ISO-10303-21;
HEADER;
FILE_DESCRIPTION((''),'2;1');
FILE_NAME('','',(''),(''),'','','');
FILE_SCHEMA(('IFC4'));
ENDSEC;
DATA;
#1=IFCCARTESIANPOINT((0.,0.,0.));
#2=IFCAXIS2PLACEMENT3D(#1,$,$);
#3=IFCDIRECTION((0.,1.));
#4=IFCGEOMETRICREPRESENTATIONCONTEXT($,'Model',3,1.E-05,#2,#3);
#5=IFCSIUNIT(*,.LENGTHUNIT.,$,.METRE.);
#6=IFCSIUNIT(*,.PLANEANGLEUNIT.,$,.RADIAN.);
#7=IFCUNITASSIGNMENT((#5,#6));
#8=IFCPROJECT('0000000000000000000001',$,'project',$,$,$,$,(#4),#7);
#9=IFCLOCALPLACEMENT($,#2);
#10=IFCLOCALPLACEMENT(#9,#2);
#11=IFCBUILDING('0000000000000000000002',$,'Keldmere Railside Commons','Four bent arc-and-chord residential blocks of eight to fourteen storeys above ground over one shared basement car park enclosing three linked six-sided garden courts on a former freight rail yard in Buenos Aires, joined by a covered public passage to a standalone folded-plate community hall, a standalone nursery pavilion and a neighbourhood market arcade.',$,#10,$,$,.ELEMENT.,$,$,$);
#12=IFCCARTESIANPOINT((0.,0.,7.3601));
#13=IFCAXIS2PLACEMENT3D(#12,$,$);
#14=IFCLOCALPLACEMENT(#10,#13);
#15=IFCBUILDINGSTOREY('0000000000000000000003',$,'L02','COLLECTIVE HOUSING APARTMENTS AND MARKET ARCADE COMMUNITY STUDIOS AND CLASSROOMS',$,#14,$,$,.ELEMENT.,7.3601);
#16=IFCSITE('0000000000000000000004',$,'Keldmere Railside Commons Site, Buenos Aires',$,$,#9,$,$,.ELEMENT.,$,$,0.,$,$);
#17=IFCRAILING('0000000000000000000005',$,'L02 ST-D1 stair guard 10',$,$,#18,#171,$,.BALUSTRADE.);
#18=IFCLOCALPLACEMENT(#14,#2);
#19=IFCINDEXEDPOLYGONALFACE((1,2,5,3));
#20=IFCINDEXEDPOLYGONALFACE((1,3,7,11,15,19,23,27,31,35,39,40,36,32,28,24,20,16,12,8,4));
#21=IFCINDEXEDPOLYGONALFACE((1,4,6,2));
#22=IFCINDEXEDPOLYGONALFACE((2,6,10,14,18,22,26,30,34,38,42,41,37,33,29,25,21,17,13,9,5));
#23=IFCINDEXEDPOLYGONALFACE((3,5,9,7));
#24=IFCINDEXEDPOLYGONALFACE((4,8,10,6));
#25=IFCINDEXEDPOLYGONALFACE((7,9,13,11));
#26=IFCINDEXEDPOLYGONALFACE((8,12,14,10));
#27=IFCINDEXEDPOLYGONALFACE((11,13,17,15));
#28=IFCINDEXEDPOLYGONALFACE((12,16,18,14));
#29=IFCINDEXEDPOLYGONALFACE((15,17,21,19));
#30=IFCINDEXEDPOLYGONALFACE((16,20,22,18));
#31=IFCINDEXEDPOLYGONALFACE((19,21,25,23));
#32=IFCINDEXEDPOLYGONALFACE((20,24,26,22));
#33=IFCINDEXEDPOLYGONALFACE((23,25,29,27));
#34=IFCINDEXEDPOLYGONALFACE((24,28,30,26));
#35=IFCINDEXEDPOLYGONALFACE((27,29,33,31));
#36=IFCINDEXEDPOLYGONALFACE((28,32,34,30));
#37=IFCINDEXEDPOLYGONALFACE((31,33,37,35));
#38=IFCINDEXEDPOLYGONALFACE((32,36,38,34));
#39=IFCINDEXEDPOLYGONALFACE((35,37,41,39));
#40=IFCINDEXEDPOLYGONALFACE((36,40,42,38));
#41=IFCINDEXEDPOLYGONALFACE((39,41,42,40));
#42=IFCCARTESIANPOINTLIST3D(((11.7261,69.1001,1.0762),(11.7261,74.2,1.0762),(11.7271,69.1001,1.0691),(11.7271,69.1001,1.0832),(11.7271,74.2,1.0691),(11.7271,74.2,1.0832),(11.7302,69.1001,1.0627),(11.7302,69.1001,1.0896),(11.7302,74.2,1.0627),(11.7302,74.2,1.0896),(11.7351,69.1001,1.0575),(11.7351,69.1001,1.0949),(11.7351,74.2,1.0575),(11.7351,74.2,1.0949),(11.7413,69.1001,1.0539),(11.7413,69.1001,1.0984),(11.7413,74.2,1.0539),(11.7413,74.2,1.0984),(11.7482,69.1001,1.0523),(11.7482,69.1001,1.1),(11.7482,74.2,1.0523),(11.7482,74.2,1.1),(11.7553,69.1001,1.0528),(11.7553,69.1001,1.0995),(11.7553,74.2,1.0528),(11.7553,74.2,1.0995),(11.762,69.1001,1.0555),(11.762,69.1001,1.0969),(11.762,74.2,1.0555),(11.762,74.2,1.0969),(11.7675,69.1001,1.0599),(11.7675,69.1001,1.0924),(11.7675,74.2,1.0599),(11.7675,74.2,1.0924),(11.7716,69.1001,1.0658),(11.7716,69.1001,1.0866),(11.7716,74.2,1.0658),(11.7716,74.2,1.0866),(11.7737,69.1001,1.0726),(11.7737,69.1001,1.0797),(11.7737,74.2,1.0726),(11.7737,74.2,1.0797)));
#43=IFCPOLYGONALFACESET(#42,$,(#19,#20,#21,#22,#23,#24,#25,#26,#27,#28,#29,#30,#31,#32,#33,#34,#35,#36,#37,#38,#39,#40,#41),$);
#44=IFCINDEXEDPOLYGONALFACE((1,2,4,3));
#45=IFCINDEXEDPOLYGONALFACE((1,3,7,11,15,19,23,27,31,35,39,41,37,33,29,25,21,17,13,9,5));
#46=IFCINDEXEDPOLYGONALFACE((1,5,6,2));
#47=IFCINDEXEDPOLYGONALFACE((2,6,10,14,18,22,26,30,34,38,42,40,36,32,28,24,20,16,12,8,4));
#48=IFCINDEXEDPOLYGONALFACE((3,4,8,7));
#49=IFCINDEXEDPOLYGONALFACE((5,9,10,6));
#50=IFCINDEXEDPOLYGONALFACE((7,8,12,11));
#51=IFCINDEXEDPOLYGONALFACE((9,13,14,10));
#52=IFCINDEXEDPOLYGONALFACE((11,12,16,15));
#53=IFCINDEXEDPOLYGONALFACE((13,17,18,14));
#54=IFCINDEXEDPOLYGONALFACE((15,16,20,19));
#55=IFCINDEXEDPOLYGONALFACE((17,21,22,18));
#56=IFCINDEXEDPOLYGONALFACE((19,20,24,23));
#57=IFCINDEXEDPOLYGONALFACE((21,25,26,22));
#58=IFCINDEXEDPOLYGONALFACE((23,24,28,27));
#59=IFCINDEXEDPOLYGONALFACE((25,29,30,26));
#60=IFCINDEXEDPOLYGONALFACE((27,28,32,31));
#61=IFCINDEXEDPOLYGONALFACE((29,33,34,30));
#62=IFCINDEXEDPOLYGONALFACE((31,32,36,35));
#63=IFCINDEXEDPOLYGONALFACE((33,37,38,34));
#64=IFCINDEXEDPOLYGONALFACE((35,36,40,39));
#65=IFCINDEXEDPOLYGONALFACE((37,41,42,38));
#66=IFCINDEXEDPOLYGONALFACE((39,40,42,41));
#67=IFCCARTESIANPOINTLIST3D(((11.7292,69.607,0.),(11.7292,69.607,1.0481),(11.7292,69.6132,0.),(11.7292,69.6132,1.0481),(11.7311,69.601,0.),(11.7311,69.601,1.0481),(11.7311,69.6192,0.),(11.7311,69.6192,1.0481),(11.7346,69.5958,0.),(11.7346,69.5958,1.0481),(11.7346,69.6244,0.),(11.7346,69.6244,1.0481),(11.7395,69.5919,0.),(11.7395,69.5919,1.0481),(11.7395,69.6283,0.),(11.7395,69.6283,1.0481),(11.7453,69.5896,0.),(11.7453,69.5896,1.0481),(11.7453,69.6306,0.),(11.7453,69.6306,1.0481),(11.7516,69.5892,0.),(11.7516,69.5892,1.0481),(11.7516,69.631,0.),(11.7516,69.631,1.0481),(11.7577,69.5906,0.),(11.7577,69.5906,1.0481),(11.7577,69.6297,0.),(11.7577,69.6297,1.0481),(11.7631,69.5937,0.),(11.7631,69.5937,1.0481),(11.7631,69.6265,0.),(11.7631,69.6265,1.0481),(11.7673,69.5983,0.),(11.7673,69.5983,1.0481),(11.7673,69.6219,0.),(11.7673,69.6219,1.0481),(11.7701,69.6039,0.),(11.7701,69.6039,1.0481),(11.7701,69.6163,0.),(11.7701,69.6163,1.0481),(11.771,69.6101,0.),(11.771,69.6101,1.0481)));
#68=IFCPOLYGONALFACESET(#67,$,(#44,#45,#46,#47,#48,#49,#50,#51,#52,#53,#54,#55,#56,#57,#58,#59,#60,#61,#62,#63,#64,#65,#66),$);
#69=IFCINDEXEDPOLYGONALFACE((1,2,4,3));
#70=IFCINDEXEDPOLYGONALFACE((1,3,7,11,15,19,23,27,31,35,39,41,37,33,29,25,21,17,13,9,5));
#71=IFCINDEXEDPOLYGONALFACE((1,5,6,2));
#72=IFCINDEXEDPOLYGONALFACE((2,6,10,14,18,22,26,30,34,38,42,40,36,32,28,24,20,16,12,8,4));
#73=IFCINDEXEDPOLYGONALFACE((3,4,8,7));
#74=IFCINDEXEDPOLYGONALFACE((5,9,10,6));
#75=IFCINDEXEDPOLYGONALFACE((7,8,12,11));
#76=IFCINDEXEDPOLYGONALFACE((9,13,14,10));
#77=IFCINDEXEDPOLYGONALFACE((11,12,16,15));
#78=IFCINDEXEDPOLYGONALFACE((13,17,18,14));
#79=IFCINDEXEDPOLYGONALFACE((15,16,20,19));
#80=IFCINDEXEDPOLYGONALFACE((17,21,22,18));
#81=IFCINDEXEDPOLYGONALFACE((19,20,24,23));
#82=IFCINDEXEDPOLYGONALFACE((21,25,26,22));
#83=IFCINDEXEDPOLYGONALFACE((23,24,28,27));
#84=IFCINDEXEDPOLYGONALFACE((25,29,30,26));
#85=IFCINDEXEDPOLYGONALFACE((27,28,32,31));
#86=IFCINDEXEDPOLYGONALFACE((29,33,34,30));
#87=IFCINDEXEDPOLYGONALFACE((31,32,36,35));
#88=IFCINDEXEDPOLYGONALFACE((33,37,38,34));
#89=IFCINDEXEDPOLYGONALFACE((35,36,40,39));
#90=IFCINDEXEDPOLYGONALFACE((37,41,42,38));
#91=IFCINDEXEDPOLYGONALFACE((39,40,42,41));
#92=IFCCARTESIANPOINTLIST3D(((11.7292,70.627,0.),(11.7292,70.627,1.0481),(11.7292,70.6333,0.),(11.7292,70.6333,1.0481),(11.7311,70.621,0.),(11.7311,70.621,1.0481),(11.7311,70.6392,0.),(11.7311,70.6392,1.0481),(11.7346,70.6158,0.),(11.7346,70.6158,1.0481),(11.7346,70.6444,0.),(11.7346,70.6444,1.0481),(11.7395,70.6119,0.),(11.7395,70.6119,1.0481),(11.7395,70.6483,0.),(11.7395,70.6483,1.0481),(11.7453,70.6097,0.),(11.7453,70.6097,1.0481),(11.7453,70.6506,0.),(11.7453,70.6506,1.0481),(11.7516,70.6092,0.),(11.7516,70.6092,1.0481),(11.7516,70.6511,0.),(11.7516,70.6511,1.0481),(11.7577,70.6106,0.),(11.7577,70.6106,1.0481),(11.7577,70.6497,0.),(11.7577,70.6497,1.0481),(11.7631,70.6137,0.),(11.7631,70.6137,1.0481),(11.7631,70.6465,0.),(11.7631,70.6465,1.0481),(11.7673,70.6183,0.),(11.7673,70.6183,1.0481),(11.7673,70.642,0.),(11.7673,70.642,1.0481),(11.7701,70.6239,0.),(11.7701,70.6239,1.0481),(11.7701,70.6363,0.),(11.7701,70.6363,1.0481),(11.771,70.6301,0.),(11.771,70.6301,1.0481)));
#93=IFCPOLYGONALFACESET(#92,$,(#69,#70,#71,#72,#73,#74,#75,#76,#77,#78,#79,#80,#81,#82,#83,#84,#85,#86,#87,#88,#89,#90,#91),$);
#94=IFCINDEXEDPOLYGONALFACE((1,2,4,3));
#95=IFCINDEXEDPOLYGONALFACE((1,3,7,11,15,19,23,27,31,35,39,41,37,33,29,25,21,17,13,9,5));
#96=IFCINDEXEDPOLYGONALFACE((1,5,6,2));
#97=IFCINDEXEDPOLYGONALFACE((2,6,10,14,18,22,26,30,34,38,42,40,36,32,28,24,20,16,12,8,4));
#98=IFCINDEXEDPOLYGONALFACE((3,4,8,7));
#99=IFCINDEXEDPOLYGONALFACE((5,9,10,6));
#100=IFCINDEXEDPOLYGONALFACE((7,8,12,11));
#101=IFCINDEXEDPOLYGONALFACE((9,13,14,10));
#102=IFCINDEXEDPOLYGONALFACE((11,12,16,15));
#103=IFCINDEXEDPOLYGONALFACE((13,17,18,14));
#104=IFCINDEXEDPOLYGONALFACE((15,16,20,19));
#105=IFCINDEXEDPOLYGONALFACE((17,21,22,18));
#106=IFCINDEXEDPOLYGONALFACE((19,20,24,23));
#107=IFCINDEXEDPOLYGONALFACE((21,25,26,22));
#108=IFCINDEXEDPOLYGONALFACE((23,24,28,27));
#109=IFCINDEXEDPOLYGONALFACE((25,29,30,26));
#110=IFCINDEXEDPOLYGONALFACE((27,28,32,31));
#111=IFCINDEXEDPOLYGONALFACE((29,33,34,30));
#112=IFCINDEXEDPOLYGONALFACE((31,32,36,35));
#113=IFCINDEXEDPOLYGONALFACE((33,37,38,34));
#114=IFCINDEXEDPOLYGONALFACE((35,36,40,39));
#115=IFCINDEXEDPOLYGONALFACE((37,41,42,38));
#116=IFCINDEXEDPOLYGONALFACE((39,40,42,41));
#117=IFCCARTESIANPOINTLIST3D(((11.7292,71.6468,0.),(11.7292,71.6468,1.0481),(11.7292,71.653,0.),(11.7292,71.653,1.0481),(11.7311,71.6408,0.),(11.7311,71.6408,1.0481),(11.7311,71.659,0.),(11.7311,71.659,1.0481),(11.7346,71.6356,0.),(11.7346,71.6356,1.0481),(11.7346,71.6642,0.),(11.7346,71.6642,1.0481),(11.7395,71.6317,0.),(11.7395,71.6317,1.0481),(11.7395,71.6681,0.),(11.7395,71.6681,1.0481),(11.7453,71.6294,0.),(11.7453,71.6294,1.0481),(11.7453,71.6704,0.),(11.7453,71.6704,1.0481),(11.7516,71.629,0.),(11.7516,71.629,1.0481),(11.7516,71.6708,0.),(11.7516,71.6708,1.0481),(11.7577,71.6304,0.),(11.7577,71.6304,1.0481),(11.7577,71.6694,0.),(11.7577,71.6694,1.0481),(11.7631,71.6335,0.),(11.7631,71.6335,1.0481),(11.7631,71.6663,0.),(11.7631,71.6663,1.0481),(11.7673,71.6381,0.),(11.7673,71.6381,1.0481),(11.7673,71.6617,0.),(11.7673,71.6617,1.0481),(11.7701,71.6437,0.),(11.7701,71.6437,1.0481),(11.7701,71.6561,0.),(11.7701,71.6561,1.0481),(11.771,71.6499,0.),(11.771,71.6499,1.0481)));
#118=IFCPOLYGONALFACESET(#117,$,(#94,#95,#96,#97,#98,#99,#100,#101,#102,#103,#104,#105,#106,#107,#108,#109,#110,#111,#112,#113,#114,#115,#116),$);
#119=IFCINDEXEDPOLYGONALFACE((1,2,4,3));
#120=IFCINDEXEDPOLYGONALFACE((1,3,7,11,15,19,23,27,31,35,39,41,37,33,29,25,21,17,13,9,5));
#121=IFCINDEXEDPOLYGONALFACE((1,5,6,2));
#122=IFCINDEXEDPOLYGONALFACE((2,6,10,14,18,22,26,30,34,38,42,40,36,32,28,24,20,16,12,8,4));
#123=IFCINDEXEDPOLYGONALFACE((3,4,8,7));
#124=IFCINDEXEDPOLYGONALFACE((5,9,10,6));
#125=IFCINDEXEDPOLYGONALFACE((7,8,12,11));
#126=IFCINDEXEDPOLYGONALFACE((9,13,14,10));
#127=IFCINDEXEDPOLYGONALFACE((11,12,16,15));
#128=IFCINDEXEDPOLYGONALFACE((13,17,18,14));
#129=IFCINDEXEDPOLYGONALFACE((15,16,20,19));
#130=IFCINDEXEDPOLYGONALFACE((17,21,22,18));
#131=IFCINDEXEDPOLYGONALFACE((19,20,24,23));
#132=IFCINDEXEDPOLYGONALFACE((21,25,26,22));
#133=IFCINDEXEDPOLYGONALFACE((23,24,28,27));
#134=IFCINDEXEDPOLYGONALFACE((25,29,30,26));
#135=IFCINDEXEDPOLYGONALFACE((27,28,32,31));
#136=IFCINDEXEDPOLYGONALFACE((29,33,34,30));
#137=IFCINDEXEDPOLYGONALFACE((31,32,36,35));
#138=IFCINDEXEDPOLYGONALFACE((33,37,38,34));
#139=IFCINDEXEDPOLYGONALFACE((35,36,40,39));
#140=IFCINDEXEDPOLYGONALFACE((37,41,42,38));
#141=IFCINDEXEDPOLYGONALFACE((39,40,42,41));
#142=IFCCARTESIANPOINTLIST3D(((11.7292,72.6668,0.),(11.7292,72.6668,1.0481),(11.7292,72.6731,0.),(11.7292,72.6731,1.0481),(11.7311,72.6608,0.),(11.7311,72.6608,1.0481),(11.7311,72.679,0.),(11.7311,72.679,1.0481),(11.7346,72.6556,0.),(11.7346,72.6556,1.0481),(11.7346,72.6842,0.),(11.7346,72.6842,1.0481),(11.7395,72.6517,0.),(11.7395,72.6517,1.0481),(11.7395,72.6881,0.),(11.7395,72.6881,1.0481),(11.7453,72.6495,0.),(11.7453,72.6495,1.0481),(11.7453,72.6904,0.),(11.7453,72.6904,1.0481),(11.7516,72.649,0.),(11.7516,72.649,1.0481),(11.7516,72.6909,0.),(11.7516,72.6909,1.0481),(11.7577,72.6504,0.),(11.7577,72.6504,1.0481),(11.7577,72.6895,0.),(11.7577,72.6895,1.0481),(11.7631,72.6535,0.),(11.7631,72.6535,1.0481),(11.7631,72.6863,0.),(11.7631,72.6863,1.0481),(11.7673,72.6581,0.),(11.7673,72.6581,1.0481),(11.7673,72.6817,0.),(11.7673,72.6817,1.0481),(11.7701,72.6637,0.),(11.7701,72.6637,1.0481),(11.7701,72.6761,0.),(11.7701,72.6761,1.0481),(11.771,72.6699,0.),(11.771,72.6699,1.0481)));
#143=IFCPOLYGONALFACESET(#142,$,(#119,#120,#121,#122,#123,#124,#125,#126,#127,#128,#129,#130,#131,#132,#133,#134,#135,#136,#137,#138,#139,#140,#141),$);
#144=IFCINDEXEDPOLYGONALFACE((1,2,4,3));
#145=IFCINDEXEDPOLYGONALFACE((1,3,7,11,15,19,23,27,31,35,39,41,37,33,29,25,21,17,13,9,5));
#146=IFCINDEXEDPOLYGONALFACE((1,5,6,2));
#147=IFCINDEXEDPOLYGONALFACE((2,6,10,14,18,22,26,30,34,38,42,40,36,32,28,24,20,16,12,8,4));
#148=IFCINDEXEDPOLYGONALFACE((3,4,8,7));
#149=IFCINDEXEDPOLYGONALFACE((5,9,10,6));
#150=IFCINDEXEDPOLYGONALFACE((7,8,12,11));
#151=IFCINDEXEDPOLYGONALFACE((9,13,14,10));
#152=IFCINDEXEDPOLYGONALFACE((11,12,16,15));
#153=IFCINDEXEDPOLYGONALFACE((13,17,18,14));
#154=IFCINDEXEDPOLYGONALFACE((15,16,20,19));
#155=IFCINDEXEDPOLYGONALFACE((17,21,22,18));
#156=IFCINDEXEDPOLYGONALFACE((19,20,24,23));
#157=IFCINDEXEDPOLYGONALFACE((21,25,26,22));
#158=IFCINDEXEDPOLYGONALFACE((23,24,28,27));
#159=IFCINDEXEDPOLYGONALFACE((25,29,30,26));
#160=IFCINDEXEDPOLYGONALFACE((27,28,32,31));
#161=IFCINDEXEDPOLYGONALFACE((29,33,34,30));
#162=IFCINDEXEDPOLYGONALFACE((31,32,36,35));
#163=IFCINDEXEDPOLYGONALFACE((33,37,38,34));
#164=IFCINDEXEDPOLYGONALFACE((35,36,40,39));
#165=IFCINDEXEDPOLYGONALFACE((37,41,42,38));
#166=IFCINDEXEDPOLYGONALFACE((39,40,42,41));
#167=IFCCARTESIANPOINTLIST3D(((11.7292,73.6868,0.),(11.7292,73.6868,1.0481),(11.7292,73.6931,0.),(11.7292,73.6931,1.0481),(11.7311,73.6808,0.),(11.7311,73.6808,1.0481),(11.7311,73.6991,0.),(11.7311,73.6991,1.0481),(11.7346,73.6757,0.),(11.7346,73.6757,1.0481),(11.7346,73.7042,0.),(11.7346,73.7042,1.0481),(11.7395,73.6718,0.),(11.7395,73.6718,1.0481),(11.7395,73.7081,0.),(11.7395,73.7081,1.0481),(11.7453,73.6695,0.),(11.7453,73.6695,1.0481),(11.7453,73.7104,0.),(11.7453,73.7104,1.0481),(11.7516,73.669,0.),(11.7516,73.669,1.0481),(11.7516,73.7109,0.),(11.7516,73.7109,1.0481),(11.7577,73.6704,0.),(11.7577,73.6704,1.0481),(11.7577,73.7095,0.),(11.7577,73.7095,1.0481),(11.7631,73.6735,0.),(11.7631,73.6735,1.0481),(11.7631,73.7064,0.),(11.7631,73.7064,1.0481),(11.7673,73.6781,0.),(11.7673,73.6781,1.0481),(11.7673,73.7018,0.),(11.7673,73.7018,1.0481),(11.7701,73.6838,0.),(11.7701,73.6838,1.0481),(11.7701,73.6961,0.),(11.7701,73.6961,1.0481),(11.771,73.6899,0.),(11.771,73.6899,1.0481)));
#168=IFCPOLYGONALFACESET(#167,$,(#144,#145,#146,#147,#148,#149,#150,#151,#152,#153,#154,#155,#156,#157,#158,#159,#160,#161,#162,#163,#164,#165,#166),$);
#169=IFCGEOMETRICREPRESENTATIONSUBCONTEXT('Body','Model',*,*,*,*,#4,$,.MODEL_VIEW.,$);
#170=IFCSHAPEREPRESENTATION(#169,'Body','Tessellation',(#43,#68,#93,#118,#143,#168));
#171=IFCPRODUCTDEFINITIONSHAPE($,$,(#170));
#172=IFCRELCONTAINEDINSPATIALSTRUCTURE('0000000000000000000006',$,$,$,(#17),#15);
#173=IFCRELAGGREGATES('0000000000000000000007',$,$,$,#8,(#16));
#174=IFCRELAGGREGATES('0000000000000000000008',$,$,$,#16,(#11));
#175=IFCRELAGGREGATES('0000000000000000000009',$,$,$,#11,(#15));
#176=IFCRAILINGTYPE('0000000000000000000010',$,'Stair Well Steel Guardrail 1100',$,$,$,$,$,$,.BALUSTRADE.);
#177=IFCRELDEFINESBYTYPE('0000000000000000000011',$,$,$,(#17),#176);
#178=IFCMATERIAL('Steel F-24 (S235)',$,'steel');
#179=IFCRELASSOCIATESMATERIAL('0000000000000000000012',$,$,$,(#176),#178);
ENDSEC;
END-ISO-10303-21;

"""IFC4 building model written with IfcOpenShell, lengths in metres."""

from ifc_helpers import new_model, si_unit, direction, frame, origin, origin_2d, place, context, subcontext, project, spatial, circle, extrude, material, type_object, element, save


model = new_model("IFC4")

# Units and contexts
model_context = context("Model", 3, precision=1e-05, world=origin(), true_north=direction((0.0, 1.0)))
body_context = subcontext(model_context, "Body", "Model", "MODEL_VIEW")
ifc_project = project(units=[si_unit("LENGTHUNIT", "METRE"), si_unit("PLANEANGLEUNIT", "RADIAN")], contexts=[model_context])

# Site, building, storey
site_placement = place(None, origin())
site = spatial("IfcSite", under=ifc_project, at=site_placement, Name="Keldmere Railside Commons Site, Buenos Aires", CompositionType="ELEMENT", RefElevation=0.0)
building_placement = place(site_placement, origin())
building = spatial("IfcBuilding", under=site, at=building_placement, Name="Keldmere Railside Commons", Description="Four bent arc-and-chord residential blocks of eight to fourteen storeys above ground over one shared basement car park enclosing three linked six-sided garden courts on a former freight rail yard in Buenos Aires, joined by a covered public passage to a standalone folded-plate community hall, a standalone nursery pavilion and a neighbourhood market arcade.", CompositionType="ELEMENT")
storey_placement = place(building_placement, frame((0.0, 0.0, 7.3601)))
storey = spatial("IfcBuildingStorey", under=building, at=storey_placement, Name="L02", Description="COLLECTIVE HOUSING APARTMENTS AND MARKET ARCADE COMMUNITY STUDIOS AND CLASSROOMS", CompositionType="ELEMENT", Elevation=7.3601)

# Shared definitions
ifc_material_1 = material(Name="Steel F-24 (S235)", Category="steel")

# Railing
railing_type_1 = type_object("IfcRailingType", Name="Stair Well Steel Guardrail 1100", PredefinedType="BALUSTRADE", material=ifc_material_1)
for number, where, name in (
    (1, (11.75, 69.1001, 0.0), "L02 ST-D1 stair guard 10"),
):
    element("IfcRailing", number, at=place(storey_placement, frame(where)), inside=storey, type_object=railing_type_1, Name=name, PredefinedType="BALUSTRADE", context=body_context, shape_type="SweptSolid", body=[
        extrude(circle(Radius=0.0239, at=origin_2d()), frame((0.0, 0.0, 1.0762), z_axis=(0.0, 1.0, 0.0), x_axis=(-1.0, 0.0, 0.0)), (0.0, 0.0, 1.0), 5.0999),
        extrude(circle(Radius=0.021, at=origin_2d()), frame((0.0, 0.51, 0.0)), (0.0, 0.0, 1.0), 1.0481),
        extrude(circle(Radius=0.021, at=origin_2d()), frame((0.0, 1.53, 0.0)), (0.0, 0.0, 1.0), 1.0481),
        extrude(circle(Radius=0.021, at=origin_2d()), frame((0.0, 2.5498, 0.0)), (0.0, 0.0, 1.0), 1.0481),
        extrude(circle(Radius=0.021, at=origin_2d()), frame((0.0, 3.5698, 0.0)), (0.0, 0.0, 1.0), 1.0481),
        extrude(circle(Radius=0.021, at=origin_2d()), frame((0.0, 4.5898, 0.0)), (0.0, 0.0, 1.0), 1.0481),
    ])

save(model, "model.ifc")
